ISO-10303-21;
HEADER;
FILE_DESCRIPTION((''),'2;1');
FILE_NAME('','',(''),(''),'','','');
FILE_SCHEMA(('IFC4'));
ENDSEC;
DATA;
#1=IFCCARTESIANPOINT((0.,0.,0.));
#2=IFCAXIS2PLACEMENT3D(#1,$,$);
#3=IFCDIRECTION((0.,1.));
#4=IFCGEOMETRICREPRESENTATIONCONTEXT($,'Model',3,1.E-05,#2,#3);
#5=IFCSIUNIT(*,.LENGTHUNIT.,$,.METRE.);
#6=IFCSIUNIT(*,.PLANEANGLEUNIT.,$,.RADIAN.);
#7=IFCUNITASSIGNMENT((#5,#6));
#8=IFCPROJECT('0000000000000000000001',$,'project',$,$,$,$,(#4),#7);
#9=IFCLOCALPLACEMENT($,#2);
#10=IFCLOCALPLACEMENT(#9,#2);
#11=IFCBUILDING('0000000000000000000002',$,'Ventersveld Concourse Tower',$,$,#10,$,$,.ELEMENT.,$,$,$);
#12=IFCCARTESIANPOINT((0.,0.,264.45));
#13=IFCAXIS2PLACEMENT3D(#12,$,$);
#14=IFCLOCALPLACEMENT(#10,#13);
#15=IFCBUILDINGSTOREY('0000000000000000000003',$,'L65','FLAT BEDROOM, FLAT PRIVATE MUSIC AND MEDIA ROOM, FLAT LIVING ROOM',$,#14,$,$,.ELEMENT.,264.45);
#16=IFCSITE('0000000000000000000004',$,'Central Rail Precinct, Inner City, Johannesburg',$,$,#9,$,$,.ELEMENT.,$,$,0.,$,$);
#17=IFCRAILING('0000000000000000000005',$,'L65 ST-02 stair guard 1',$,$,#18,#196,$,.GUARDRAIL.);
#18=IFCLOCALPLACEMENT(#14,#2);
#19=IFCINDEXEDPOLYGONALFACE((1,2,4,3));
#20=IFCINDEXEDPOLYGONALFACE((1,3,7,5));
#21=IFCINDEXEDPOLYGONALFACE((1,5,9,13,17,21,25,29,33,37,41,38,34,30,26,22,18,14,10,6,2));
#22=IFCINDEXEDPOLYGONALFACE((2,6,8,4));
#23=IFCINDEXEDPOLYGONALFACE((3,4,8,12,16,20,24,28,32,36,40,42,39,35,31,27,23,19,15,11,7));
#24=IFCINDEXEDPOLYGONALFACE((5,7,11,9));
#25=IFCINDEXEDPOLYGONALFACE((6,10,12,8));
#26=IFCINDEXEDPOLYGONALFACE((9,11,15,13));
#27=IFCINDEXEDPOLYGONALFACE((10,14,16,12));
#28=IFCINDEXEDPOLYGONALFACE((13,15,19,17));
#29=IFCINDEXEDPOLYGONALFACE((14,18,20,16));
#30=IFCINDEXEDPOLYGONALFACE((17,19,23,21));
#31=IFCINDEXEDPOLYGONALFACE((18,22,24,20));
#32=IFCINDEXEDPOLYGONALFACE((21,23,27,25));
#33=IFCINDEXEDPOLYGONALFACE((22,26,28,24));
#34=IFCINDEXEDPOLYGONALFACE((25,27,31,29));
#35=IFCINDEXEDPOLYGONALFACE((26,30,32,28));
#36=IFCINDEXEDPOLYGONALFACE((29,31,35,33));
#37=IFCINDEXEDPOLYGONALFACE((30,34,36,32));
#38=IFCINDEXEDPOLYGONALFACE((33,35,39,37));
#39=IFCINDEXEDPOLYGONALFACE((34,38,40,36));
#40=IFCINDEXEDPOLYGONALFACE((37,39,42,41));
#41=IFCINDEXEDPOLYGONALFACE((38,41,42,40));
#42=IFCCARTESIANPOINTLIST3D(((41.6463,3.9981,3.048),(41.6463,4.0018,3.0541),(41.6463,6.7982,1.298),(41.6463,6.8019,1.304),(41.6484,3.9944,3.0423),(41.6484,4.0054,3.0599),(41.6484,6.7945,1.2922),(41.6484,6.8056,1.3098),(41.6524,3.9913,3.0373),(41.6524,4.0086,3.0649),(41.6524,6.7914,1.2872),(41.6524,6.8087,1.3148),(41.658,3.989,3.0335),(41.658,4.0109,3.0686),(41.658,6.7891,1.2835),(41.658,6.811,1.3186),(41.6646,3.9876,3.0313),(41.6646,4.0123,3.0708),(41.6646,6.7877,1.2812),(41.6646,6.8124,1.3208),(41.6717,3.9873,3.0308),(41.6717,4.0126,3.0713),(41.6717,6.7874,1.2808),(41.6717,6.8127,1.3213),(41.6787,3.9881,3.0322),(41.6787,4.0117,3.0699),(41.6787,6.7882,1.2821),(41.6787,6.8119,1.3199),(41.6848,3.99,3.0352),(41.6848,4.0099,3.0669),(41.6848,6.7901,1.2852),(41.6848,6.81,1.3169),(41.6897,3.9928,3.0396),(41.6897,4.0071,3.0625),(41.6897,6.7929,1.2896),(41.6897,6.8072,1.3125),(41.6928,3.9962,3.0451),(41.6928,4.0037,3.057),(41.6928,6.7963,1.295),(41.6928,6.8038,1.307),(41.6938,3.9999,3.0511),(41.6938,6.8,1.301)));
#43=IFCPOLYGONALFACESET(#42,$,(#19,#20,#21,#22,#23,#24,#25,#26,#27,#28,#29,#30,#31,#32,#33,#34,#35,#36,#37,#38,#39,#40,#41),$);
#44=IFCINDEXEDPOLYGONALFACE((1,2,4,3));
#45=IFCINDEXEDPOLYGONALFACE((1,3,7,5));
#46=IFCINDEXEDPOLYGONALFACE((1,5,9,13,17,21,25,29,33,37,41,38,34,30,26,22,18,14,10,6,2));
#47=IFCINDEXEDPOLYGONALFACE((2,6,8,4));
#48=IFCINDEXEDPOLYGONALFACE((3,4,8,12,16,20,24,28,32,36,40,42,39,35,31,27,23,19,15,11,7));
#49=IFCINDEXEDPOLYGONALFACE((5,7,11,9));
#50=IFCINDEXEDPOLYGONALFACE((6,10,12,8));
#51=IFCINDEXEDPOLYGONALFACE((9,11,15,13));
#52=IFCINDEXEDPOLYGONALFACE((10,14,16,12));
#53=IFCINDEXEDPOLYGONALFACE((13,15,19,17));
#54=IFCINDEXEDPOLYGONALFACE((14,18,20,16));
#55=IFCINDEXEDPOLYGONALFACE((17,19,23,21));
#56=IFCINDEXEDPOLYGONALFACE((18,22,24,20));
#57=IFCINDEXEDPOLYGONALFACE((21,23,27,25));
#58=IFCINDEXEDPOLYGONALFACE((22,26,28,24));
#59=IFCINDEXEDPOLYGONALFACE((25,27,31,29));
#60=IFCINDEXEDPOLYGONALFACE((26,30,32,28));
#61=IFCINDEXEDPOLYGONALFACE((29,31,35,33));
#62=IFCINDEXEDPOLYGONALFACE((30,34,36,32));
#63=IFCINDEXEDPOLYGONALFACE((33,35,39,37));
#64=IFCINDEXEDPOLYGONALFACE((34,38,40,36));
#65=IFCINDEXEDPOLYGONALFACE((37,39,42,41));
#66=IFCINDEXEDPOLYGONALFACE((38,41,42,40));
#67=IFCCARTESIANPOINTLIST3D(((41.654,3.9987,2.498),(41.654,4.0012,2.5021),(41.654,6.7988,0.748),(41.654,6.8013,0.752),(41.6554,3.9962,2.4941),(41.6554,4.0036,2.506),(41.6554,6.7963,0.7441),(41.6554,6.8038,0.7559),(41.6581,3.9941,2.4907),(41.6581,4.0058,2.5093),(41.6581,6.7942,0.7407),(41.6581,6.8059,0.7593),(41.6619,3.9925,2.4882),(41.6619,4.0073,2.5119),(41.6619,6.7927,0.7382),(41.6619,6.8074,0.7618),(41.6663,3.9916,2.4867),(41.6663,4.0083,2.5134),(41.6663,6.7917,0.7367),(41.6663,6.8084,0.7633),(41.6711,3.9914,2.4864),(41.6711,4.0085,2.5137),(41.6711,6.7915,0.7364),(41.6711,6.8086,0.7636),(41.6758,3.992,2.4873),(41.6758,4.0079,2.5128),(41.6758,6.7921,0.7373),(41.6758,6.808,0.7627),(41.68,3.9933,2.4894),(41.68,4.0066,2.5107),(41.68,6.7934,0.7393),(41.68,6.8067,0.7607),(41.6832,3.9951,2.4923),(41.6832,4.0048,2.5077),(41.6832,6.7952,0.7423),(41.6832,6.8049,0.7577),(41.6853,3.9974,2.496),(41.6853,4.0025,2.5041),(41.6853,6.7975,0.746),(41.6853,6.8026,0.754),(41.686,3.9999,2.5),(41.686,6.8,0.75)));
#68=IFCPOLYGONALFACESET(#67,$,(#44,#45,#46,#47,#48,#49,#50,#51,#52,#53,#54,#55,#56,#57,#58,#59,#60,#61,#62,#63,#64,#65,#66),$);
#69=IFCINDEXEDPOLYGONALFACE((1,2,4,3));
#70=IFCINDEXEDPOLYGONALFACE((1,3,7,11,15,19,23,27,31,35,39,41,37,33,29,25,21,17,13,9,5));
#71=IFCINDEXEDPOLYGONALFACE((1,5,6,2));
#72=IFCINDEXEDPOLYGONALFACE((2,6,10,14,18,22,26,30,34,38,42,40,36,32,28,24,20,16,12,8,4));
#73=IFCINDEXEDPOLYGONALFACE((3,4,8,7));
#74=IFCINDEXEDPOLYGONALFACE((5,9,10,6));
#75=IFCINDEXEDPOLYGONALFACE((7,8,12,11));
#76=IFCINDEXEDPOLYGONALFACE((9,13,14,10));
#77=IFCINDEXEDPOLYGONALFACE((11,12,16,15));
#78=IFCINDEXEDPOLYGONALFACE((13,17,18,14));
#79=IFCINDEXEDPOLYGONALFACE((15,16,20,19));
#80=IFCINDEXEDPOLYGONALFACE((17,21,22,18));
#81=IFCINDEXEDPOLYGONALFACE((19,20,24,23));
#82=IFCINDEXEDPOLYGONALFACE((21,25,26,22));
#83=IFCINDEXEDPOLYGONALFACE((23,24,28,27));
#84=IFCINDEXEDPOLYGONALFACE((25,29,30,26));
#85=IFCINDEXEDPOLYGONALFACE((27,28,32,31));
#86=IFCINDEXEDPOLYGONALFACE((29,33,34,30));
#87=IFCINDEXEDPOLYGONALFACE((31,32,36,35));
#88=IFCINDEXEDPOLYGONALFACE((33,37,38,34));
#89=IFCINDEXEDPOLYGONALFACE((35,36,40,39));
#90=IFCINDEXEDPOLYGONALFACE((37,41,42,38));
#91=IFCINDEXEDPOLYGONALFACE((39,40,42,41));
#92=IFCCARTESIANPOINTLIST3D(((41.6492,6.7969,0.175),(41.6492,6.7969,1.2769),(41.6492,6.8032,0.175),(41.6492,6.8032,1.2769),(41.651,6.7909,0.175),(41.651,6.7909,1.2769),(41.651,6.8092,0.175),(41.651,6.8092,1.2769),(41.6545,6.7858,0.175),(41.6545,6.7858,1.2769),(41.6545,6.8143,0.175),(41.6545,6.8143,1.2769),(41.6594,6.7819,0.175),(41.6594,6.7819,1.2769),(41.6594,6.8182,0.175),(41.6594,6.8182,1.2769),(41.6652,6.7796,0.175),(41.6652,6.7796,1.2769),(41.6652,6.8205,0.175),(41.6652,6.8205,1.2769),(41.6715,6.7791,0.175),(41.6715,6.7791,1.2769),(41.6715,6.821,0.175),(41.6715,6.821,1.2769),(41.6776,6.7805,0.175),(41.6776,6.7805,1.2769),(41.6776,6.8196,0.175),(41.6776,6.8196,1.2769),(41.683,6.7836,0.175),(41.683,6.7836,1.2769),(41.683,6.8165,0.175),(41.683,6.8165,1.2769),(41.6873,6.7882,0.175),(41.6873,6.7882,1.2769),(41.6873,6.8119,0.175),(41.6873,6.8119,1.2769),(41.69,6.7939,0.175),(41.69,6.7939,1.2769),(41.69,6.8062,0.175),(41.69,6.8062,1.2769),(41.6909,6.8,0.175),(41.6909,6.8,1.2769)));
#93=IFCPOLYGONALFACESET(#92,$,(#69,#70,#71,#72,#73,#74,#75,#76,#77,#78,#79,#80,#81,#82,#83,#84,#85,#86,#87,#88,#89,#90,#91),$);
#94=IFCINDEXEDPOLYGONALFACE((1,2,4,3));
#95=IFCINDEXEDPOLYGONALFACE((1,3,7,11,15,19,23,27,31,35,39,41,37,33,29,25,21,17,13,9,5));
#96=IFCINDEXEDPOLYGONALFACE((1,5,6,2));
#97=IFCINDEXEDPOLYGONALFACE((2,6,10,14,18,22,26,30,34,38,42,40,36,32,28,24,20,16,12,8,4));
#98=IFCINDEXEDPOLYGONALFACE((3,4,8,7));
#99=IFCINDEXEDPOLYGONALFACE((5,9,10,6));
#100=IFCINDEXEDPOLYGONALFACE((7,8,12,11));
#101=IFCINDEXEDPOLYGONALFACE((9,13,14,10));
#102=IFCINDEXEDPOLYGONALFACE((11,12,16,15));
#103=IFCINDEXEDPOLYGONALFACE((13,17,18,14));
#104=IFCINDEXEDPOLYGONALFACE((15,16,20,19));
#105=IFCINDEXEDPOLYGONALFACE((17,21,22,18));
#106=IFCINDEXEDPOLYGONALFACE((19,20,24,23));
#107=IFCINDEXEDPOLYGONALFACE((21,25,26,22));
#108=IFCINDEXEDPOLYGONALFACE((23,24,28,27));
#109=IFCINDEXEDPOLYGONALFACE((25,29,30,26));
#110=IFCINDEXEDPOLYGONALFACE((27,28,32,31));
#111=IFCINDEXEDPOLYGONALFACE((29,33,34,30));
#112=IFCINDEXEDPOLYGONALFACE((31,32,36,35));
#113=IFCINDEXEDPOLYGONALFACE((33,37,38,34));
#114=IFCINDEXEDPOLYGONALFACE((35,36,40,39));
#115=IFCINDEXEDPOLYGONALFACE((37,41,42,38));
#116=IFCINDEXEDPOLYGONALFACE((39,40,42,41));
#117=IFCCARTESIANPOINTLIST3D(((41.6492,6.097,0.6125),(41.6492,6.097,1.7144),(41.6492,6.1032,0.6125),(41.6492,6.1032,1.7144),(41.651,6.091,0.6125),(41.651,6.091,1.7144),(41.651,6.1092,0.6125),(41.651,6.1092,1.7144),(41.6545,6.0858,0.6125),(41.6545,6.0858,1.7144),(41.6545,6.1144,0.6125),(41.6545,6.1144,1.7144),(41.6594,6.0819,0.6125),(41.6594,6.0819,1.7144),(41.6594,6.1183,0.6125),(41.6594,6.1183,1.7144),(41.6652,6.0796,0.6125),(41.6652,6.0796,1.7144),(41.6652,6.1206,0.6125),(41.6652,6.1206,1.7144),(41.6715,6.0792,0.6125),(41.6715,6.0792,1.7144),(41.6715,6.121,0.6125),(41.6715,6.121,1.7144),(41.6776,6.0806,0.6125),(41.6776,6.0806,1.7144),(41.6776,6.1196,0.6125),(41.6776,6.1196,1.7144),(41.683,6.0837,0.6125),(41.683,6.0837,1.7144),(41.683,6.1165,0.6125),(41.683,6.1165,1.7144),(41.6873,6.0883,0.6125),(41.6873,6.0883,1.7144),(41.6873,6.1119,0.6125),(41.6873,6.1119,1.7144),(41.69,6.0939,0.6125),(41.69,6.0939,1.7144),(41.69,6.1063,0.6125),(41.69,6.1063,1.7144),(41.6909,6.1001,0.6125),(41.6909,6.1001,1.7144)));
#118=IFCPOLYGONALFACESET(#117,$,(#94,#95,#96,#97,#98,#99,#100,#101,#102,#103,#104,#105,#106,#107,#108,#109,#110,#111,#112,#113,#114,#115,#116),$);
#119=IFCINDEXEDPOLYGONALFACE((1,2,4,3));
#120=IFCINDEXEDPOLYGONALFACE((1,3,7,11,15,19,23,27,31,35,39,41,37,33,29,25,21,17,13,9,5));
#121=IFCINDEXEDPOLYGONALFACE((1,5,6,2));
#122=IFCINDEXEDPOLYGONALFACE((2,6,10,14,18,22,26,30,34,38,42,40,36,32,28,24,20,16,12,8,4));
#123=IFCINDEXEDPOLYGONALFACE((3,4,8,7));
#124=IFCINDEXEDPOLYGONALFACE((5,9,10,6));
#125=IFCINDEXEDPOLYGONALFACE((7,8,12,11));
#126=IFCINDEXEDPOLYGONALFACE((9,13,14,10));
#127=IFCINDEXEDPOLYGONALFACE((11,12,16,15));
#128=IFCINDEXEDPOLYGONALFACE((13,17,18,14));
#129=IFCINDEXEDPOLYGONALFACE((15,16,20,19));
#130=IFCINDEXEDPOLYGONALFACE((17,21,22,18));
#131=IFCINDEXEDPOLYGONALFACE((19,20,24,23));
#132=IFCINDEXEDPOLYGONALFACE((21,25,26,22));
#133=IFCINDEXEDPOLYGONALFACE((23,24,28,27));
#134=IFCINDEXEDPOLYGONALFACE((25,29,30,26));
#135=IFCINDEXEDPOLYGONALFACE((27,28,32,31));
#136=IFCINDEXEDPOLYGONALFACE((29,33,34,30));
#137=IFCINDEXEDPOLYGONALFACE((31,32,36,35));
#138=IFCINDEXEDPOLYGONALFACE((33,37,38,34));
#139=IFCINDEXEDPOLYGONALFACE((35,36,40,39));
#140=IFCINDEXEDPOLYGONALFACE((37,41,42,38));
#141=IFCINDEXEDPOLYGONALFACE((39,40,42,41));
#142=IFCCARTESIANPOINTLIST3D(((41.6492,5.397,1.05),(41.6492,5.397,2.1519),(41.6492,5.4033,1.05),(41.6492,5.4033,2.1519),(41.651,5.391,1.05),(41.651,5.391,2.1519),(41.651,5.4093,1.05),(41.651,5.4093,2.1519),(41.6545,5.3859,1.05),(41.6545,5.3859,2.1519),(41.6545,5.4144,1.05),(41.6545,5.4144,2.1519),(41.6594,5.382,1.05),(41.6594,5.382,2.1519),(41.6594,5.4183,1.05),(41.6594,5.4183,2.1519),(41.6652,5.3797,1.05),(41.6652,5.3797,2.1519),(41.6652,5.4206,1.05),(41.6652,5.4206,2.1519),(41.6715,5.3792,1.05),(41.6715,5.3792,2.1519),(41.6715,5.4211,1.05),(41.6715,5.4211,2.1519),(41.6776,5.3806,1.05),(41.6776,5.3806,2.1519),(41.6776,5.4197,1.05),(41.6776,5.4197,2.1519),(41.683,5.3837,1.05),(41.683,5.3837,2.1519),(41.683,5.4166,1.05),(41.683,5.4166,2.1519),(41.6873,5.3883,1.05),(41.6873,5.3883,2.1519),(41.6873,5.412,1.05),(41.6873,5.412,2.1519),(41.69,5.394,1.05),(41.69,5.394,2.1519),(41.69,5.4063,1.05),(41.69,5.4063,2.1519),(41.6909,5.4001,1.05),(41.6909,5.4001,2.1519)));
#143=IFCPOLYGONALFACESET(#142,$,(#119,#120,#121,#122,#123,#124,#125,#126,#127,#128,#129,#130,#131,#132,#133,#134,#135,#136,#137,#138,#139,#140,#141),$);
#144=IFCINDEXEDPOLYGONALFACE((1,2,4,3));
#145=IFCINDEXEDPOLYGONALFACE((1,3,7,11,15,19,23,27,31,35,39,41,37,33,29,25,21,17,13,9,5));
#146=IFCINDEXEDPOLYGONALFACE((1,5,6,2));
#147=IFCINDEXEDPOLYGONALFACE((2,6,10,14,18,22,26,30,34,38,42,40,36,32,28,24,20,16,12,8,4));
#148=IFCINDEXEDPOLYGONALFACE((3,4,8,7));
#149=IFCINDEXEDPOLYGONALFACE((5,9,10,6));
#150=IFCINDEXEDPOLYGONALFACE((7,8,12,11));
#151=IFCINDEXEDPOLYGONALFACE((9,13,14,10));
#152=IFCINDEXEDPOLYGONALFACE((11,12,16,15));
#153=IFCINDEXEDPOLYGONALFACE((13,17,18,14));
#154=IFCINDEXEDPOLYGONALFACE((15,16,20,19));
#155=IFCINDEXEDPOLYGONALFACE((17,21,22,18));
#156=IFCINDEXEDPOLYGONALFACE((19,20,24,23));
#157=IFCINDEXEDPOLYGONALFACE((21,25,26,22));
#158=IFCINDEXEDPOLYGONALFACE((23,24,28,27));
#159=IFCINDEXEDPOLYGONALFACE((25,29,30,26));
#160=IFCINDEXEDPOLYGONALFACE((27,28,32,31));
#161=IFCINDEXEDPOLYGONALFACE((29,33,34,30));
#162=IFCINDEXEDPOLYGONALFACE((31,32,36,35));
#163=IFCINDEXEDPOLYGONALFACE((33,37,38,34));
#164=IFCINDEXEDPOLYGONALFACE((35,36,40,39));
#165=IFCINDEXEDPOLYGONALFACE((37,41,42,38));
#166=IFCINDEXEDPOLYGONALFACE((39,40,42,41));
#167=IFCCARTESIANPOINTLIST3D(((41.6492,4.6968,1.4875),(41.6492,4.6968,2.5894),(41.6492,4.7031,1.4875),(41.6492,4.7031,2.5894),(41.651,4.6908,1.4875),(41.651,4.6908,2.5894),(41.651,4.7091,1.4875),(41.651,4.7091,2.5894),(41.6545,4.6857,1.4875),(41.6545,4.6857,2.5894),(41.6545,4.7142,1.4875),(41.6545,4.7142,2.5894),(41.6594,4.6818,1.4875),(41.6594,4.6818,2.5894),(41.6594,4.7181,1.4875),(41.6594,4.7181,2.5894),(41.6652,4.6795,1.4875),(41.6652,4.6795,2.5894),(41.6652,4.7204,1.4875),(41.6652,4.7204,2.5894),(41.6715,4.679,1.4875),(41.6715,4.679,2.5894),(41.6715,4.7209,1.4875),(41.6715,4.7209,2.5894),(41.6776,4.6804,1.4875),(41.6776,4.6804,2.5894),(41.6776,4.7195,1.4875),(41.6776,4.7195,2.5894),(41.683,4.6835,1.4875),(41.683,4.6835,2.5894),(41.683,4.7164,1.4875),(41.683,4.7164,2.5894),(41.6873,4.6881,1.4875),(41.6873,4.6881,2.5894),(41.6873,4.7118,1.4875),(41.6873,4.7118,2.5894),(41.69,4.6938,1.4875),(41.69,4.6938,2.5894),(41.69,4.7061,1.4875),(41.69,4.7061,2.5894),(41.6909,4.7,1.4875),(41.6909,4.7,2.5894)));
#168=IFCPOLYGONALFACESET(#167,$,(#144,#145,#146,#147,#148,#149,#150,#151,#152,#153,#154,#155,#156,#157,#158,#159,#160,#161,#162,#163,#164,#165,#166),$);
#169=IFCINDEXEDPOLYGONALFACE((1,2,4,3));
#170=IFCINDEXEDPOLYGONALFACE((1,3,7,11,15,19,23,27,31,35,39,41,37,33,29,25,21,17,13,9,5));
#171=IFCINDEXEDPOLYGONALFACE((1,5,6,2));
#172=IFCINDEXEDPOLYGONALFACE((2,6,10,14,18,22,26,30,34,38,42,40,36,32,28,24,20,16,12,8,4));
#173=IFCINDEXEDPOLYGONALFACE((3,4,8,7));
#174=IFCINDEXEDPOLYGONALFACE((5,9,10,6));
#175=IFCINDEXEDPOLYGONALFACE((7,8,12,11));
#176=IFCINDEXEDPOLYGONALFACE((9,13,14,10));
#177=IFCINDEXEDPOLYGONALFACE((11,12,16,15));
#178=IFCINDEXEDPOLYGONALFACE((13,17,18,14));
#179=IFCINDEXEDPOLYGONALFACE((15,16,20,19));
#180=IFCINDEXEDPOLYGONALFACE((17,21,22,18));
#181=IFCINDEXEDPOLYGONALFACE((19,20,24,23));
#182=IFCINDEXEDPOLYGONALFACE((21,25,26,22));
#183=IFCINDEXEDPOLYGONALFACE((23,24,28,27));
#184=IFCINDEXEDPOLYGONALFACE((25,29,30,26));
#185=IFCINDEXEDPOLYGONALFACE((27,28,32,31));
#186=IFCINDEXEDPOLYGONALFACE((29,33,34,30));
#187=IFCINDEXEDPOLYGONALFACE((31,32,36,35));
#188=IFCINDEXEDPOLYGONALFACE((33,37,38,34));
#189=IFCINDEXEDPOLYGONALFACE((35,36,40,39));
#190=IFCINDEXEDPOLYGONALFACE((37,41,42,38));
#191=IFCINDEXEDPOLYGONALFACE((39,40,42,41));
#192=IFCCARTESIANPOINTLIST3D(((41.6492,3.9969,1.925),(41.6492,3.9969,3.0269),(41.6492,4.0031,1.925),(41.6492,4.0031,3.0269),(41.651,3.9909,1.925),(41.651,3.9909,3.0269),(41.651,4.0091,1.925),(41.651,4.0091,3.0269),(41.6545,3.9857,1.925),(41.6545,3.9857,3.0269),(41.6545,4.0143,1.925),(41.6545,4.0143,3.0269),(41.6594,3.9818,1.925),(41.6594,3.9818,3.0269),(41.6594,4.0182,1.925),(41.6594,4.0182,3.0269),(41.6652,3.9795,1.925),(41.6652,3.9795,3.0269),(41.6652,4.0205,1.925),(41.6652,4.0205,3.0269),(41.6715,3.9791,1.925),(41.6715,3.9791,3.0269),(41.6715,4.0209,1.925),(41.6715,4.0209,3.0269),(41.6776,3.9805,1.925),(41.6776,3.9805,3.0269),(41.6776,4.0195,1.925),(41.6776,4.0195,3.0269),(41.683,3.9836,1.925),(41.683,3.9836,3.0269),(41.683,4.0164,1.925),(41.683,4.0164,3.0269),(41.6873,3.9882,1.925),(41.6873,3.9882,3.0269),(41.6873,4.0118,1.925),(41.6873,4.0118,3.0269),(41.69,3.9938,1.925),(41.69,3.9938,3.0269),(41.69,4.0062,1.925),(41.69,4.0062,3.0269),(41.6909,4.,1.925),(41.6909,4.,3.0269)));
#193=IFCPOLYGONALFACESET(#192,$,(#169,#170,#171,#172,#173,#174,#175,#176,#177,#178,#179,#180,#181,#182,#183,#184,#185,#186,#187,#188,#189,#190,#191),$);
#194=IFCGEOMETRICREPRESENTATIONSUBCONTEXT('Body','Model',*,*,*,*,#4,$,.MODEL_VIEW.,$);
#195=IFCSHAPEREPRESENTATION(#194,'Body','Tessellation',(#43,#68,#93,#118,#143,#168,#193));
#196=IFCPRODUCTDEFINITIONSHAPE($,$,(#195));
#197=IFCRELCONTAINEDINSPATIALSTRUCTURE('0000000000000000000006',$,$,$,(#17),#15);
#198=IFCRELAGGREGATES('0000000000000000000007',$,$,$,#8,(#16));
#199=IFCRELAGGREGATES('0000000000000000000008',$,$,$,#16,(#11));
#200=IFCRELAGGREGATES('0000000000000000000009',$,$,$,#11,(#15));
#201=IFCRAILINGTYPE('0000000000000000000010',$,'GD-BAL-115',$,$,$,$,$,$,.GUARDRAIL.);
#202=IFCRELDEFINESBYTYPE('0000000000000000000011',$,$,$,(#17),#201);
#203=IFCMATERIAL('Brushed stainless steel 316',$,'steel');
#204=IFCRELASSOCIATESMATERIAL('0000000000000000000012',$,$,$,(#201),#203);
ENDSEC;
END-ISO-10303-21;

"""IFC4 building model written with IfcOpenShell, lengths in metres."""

from ifc_helpers import new_model, si_unit, direction, frame, origin, origin_2d, place, context, subcontext, project, spatial, circle, extrude, material, type_object, element, save


model = new_model("IFC4")

# Units and contexts
model_context = context("Model", 3, precision=1e-05, world=origin(), true_north=direction((0.0, 1.0)))
body_context = subcontext(model_context, "Body", "Model", "MODEL_VIEW")
ifc_project = project(units=[si_unit("LENGTHUNIT", "METRE"), si_unit("PLANEANGLEUNIT", "RADIAN")], contexts=[model_context])

# Site, building, storey
site_placement = place(None, origin())
site = spatial("IfcSite", under=ifc_project, at=site_placement, Name="Central Rail Precinct, Inner City, Johannesburg", CompositionType="ELEMENT", RefElevation=0.0)
building_placement = place(site_placement, origin())
building = spatial("IfcBuilding", under=site, at=building_placement, Name="Ventersveld Concourse Tower", CompositionType="ELEMENT")
storey_placement = place(building_placement, frame((0.0, 0.0, 264.45)))
storey = spatial("IfcBuildingStorey", under=building, at=storey_placement, Name="L65", Description="FLAT BEDROOM, FLAT PRIVATE MUSIC AND MEDIA ROOM, FLAT LIVING ROOM", CompositionType="ELEMENT", Elevation=264.45)

# Shared definitions
ifc_material_1 = material(Name="Brushed stainless steel 316", Category="steel")

# Railing
railing_type_1 = type_object("IfcRailingType", Name="GD-BAL-115", PredefinedType="GUARDRAIL", material=ifc_material_1)
railing_1_placement = place(storey_placement, frame((41.6699, 6.8, 0.175)))
element("IfcRailing", 1, at=railing_1_placement, inside=storey, type_object=railing_type_1, Name="L65 ST-02 stair guard 1", PredefinedType="GUARDRAIL", context=body_context, shape_type="SweptSolid", body=[
    extrude(circle(Radius=0.0239, at=origin_2d()), frame((0.0, 0.0, 1.126), z_axis=(0.0, -0.848002, 0.529992), x_axis=(1.0, 0.0, 0.0)), (0.0, 0.0, 1.0), 3.302),
    extrude(circle(Radius=0.0161, at=origin_2d()), frame((0.0, 0.0, 0.575), z_axis=(0.0, -0.848002, 0.529992), x_axis=(1.0, 0.0, 0.0)), (0.0, 0.0, 1.0), 3.302),
    extrude(circle(Radius=0.021, at=origin_2d()), origin(), (0.0, 0.0, 1.0), 1.1018),
    extrude(circle(Radius=0.021, at=origin_2d()), frame((0.0, -0.7, 0.4375)), (0.0, 0.0, 1.0), 1.1018),
    extrude(circle(Radius=0.021, at=origin_2d()), frame((0.0, -1.3999, 0.875)), (0.0, 0.0, 1.0), 1.1018),
    extrude(circle(Radius=0.021, at=origin_2d()), frame((0.0, -2.1001, 1.3125)), (0.0, 0.0, 1.0), 1.1018),
    extrude(circle(Radius=0.021, at=origin_2d()), frame((0.0, -2.8, 1.75)), (0.0, 0.0, 1.0), 1.1018),
])

save(model, "model.ifc")
